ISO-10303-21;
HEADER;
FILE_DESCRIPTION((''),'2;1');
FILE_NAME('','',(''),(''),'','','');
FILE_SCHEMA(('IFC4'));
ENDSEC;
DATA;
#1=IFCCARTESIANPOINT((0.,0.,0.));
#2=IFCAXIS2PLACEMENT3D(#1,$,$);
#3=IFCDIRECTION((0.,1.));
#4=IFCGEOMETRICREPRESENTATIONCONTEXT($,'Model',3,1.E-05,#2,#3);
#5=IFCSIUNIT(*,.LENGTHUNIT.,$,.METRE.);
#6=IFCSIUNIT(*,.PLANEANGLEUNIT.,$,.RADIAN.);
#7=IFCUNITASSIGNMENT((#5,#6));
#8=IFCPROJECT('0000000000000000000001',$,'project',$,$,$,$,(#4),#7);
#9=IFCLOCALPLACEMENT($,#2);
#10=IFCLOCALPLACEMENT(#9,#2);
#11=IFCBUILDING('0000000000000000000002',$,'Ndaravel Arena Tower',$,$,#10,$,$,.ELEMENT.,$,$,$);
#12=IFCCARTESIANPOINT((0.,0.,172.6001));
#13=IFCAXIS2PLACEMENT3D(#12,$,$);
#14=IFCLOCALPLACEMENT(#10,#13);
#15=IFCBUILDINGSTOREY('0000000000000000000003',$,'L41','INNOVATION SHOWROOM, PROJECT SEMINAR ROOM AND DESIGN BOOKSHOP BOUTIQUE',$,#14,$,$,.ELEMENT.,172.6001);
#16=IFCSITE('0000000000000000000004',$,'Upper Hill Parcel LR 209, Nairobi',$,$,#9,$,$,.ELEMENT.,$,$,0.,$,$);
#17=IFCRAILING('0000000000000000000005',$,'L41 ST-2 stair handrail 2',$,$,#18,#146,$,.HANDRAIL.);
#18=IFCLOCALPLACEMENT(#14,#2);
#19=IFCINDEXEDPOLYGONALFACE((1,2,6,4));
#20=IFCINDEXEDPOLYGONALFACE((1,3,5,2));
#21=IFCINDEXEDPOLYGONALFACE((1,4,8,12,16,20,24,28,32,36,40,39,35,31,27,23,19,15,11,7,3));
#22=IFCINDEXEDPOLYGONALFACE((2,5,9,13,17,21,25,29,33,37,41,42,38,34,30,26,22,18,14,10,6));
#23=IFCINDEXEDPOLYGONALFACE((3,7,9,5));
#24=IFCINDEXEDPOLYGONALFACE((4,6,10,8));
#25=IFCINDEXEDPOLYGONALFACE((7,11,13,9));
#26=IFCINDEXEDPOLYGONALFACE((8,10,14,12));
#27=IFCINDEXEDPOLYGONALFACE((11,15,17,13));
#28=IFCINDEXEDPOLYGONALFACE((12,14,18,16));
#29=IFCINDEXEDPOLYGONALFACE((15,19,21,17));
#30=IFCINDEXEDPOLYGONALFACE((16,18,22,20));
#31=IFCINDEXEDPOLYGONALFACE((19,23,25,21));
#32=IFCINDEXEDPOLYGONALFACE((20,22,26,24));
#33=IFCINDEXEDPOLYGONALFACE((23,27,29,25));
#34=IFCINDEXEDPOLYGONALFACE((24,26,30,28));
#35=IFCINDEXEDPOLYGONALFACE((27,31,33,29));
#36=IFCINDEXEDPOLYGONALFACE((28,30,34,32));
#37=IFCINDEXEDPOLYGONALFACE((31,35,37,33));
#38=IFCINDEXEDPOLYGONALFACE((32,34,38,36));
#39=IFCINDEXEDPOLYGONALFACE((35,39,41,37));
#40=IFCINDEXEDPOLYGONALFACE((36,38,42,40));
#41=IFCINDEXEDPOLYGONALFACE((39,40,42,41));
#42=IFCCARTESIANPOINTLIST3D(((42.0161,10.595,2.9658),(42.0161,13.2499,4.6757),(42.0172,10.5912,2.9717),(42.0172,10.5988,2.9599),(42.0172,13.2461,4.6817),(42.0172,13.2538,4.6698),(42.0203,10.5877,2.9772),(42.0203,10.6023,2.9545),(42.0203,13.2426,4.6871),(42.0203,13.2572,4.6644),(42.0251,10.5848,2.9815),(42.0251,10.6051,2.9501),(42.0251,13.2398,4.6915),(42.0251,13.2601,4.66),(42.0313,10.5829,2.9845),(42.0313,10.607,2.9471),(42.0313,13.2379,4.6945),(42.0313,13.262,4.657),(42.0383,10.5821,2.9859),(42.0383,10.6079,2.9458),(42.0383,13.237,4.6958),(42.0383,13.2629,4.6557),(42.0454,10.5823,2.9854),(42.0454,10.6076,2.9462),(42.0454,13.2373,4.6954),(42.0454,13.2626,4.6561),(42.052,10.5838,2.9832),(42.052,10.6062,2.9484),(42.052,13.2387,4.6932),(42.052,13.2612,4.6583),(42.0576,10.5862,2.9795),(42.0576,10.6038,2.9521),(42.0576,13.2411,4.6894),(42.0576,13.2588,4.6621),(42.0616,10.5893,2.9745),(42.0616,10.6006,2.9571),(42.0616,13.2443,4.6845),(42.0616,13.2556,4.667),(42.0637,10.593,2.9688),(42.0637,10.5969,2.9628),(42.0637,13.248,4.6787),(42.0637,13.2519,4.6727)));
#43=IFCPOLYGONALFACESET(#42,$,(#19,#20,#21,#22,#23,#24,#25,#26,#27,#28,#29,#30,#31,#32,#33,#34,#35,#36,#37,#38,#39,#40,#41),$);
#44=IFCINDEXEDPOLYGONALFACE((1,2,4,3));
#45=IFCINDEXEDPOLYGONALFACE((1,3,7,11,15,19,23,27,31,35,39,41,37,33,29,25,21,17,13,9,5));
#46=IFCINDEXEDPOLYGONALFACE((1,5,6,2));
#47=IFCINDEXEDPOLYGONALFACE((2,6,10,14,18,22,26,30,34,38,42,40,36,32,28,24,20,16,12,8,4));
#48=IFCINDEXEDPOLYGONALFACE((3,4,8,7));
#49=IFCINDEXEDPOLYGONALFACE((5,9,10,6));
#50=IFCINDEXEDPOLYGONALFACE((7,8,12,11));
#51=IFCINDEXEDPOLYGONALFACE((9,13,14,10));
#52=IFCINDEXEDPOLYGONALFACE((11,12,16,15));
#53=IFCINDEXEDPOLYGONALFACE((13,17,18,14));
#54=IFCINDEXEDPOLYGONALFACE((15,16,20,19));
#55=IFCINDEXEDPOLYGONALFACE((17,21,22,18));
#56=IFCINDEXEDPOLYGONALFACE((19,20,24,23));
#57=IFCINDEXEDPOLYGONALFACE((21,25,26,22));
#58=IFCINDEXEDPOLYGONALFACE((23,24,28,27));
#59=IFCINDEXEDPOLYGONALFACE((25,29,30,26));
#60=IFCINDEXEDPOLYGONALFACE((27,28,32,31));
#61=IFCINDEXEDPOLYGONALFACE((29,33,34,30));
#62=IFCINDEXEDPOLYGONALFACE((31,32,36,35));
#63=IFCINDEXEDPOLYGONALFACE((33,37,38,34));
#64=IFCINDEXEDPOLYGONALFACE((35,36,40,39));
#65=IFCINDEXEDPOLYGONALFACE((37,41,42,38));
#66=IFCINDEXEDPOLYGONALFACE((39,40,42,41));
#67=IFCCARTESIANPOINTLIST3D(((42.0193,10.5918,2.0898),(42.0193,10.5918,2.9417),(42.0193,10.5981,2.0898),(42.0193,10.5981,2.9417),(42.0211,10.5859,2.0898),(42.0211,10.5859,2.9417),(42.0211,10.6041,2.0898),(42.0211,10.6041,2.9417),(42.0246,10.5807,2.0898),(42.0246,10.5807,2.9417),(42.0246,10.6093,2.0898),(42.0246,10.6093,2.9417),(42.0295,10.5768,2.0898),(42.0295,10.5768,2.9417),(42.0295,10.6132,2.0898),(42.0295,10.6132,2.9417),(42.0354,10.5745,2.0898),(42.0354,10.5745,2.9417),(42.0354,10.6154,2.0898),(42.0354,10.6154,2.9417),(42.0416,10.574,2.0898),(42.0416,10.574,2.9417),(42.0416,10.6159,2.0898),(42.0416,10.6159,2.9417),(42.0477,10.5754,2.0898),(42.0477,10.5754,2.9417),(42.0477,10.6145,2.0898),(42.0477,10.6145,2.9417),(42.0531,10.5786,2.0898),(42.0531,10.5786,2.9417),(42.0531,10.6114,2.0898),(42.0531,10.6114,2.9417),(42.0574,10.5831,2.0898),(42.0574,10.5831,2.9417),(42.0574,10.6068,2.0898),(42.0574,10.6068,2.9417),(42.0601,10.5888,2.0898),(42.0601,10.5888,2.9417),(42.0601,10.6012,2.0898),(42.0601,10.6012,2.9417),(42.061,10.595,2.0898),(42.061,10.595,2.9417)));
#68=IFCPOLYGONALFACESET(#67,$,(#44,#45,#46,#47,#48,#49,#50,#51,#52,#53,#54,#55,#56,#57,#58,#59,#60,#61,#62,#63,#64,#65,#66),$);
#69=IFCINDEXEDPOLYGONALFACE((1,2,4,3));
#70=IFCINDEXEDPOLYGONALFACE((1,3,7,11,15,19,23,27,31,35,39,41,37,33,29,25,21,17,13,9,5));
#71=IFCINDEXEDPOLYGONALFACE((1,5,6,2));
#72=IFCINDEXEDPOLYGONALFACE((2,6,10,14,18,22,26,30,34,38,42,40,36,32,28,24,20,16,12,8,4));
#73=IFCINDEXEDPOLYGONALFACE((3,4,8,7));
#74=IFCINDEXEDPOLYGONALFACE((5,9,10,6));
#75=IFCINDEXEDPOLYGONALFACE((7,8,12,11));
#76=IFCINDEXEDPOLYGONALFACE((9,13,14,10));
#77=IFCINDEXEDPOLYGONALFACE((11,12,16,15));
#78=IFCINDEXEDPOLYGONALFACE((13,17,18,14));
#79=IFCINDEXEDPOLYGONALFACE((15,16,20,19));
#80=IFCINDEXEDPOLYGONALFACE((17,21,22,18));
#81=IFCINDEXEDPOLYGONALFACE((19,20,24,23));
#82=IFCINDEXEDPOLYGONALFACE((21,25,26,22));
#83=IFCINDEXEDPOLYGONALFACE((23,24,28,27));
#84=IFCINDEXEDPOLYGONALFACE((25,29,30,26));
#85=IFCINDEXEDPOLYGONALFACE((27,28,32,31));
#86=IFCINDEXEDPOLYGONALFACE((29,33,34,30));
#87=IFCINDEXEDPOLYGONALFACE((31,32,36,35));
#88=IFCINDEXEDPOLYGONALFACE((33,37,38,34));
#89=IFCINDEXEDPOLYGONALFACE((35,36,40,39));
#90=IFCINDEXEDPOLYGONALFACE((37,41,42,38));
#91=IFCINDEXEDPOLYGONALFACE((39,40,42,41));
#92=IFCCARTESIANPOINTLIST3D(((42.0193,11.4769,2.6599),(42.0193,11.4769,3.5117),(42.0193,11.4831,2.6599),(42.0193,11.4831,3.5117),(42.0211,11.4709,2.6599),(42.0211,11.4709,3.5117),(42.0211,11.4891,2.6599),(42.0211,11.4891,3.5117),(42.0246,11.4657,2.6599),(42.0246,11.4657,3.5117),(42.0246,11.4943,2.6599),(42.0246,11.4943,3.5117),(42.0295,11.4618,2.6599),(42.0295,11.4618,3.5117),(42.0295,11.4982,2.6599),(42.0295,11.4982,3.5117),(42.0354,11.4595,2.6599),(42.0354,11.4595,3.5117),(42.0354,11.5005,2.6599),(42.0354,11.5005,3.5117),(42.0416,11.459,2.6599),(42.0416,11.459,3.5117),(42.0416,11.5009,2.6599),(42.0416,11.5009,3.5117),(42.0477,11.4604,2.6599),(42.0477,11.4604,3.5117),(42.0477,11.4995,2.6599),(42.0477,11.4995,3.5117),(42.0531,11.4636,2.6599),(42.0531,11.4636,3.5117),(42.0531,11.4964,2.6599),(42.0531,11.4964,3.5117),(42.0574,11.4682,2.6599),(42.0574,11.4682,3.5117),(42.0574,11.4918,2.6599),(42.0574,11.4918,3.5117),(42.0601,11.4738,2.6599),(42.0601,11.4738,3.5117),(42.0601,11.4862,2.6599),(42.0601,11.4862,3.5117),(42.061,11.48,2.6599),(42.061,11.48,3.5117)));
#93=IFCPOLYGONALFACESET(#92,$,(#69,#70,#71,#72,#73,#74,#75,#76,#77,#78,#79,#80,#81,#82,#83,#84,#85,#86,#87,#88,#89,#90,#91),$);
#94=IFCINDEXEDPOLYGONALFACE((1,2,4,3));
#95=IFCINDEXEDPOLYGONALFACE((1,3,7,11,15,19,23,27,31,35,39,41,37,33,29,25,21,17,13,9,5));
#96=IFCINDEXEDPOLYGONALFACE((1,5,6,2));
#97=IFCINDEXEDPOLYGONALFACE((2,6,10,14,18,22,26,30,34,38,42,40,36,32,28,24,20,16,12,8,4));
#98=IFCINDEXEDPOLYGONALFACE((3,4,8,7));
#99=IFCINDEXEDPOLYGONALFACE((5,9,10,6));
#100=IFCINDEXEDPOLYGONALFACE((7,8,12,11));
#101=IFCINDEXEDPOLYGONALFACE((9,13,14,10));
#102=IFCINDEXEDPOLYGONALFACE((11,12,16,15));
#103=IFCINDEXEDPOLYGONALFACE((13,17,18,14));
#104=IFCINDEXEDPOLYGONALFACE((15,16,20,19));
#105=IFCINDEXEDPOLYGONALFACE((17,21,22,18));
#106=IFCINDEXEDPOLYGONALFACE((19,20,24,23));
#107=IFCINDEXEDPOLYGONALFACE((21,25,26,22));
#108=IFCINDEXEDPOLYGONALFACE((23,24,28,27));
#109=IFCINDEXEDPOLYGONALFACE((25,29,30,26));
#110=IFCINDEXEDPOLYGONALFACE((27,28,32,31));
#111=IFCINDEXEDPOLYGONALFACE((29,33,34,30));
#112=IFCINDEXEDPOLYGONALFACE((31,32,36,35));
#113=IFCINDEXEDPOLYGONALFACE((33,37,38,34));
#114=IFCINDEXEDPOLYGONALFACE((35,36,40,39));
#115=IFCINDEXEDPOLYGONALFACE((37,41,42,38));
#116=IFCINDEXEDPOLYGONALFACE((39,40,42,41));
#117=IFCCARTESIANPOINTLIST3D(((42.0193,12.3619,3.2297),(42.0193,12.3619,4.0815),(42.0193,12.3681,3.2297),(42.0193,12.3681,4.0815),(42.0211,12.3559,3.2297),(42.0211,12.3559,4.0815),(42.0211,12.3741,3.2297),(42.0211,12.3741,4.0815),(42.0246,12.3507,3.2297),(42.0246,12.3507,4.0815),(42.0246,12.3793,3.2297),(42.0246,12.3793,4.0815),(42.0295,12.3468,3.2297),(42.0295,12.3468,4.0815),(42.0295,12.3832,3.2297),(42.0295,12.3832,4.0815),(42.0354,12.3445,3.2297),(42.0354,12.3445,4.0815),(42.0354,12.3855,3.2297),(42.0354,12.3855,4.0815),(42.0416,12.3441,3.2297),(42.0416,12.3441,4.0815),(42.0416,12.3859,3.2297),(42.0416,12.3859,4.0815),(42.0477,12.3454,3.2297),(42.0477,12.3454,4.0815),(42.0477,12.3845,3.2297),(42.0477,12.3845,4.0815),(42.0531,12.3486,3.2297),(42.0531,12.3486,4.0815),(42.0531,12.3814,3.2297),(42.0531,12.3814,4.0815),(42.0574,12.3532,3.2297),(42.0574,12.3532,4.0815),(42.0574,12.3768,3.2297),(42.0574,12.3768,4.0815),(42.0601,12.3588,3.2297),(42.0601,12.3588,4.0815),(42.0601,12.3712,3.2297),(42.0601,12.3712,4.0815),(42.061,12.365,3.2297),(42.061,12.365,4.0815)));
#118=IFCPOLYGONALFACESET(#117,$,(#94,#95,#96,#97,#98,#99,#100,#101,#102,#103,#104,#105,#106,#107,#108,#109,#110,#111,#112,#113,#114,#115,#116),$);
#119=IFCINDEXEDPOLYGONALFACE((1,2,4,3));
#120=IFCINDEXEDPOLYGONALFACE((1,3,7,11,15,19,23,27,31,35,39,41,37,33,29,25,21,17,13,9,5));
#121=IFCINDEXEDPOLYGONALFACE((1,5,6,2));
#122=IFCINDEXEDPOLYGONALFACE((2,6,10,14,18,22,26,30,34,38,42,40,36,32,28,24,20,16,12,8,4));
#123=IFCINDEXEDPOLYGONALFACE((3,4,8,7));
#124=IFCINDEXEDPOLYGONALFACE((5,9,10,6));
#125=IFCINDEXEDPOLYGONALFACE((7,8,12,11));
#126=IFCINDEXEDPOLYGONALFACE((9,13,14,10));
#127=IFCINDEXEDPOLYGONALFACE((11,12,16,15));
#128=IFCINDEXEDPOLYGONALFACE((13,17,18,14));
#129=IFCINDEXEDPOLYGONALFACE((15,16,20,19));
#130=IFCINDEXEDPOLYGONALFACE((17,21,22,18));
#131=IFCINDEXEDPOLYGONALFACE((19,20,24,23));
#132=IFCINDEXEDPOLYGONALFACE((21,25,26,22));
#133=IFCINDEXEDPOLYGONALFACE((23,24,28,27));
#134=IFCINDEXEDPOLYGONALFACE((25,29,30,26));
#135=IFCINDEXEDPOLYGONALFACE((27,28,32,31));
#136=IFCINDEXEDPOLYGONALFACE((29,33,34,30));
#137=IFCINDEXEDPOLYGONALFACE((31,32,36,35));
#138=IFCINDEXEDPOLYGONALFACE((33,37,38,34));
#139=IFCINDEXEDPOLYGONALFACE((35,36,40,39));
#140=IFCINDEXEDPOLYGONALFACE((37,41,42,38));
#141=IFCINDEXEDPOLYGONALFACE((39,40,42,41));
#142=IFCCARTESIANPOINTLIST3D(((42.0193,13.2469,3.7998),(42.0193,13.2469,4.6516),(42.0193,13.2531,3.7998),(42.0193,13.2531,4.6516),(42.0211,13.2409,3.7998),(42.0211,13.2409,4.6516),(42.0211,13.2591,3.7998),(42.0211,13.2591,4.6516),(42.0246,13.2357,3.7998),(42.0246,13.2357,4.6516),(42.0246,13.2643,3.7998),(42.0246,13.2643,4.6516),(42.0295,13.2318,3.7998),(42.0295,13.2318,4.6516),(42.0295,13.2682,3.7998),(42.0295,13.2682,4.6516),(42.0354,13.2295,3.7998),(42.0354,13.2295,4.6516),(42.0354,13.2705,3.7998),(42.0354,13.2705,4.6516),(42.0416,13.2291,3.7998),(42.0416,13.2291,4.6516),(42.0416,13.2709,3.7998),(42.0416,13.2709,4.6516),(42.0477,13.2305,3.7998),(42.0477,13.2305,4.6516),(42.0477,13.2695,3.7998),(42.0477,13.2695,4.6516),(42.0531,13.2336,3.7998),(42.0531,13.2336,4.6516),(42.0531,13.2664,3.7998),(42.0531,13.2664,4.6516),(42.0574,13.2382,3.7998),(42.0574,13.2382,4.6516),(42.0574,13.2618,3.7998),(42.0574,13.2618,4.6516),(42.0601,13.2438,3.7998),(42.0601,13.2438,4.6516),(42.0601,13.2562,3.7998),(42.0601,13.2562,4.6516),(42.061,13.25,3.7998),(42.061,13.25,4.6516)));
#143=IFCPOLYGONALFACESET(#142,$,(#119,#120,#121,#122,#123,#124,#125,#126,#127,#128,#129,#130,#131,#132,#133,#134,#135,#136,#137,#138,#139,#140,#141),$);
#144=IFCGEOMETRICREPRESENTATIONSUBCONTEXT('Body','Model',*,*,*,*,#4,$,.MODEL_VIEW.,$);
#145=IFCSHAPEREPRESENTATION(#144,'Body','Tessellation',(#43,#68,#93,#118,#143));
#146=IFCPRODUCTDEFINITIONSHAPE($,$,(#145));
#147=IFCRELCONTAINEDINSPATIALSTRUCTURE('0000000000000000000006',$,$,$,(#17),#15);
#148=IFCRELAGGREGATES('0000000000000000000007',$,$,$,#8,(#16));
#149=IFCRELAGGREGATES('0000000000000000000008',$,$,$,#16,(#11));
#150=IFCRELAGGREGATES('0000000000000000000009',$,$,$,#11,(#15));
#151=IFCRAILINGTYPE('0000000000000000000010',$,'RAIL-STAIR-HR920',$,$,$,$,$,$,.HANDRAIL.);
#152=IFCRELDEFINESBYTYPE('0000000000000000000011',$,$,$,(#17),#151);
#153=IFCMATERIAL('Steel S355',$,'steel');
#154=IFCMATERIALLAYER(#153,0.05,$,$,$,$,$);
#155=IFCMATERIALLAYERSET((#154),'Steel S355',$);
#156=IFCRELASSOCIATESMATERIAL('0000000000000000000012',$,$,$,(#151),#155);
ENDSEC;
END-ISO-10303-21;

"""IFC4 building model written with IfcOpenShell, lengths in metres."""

from ifc_helpers import new_model, si_unit, direction, frame, origin, origin_2d, place, context, subcontext, project, spatial, circle, extrude, material, layer, layer_set, type_object, element, save


model = new_model("IFC4")

# Units and contexts
model_context = context("Model", 3, precision=1e-05, world=origin(), true_north=direction((0.0, 1.0)))
body_context = subcontext(model_context, "Body", "Model", "MODEL_VIEW")
ifc_project = project(units=[si_unit("LENGTHUNIT", "METRE"), si_unit("PLANEANGLEUNIT", "RADIAN")], contexts=[model_context])

# Site, building, storey
site_placement = place(None, origin())
site = spatial("IfcSite", under=ifc_project, at=site_placement, Name="Upper Hill Parcel LR 209, Nairobi", CompositionType="ELEMENT", RefElevation=0.0)
building_placement = place(site_placement, origin())
building = spatial("IfcBuilding", under=site, at=building_placement, Name="Ndaravel Arena Tower", CompositionType="ELEMENT")
storey_placement = place(building_placement, frame((0.0, 0.0, 172.6001)))
storey = spatial("IfcBuildingStorey", under=building, at=storey_placement, Name="L41", Description="INNOVATION SHOWROOM, PROJECT SEMINAR ROOM AND DESIGN BOOKSHOP BOUTIQUE", CompositionType="ELEMENT", Elevation=172.6001)

# Railing
ifc_material_1 = material(Name="Steel S355", Category="steel")
ifc_layer_1 = layer(ifc_material_1, 0.05)
ifc_layer_set_1 = layer_set([ifc_layer_1], Name="Steel S355")
railing_type_1 = type_object("IfcRailingType", Name="RAIL-STAIR-HR920", PredefinedType="HANDRAIL", material=ifc_layer_set_1)
railing_1_placement = place(storey_placement, frame((42.04, 10.595, 2.0898)))
element("IfcRailing", 1, at=railing_1_placement, inside=storey, type_object=railing_type_1, Name="L41 ST-2 stair handrail 2", PredefinedType="HANDRAIL", context=body_context, shape_type="SweptSolid", body=[
    extrude(circle(Radius=0.0239, at=origin_2d()), frame((0.0, 0.0, 0.876), z_axis=(0.0, 0.840724, 0.541465), x_axis=(-1.0, 0.0, 0.0)), (0.0, 0.0, 1.0), 3.158),
    extrude(circle(Radius=0.021, at=origin_2d()), origin(), (0.0, 0.0, 1.0), 0.8518),
    extrude(circle(Radius=0.021, at=origin_2d()), frame((0.0, 0.885, 0.5701)), (0.0, 0.0, 1.0), 0.8518),
    extrude(circle(Radius=0.021, at=origin_2d()), frame((0.0, 1.77, 1.1399)), (0.0, 0.0, 1.0), 0.8518),
    extrude(circle(Radius=0.021, at=origin_2d()), frame((0.0, 2.655, 1.71)), (0.0, 0.0, 1.0), 0.8518),
])

save(model, "model.ifc")
